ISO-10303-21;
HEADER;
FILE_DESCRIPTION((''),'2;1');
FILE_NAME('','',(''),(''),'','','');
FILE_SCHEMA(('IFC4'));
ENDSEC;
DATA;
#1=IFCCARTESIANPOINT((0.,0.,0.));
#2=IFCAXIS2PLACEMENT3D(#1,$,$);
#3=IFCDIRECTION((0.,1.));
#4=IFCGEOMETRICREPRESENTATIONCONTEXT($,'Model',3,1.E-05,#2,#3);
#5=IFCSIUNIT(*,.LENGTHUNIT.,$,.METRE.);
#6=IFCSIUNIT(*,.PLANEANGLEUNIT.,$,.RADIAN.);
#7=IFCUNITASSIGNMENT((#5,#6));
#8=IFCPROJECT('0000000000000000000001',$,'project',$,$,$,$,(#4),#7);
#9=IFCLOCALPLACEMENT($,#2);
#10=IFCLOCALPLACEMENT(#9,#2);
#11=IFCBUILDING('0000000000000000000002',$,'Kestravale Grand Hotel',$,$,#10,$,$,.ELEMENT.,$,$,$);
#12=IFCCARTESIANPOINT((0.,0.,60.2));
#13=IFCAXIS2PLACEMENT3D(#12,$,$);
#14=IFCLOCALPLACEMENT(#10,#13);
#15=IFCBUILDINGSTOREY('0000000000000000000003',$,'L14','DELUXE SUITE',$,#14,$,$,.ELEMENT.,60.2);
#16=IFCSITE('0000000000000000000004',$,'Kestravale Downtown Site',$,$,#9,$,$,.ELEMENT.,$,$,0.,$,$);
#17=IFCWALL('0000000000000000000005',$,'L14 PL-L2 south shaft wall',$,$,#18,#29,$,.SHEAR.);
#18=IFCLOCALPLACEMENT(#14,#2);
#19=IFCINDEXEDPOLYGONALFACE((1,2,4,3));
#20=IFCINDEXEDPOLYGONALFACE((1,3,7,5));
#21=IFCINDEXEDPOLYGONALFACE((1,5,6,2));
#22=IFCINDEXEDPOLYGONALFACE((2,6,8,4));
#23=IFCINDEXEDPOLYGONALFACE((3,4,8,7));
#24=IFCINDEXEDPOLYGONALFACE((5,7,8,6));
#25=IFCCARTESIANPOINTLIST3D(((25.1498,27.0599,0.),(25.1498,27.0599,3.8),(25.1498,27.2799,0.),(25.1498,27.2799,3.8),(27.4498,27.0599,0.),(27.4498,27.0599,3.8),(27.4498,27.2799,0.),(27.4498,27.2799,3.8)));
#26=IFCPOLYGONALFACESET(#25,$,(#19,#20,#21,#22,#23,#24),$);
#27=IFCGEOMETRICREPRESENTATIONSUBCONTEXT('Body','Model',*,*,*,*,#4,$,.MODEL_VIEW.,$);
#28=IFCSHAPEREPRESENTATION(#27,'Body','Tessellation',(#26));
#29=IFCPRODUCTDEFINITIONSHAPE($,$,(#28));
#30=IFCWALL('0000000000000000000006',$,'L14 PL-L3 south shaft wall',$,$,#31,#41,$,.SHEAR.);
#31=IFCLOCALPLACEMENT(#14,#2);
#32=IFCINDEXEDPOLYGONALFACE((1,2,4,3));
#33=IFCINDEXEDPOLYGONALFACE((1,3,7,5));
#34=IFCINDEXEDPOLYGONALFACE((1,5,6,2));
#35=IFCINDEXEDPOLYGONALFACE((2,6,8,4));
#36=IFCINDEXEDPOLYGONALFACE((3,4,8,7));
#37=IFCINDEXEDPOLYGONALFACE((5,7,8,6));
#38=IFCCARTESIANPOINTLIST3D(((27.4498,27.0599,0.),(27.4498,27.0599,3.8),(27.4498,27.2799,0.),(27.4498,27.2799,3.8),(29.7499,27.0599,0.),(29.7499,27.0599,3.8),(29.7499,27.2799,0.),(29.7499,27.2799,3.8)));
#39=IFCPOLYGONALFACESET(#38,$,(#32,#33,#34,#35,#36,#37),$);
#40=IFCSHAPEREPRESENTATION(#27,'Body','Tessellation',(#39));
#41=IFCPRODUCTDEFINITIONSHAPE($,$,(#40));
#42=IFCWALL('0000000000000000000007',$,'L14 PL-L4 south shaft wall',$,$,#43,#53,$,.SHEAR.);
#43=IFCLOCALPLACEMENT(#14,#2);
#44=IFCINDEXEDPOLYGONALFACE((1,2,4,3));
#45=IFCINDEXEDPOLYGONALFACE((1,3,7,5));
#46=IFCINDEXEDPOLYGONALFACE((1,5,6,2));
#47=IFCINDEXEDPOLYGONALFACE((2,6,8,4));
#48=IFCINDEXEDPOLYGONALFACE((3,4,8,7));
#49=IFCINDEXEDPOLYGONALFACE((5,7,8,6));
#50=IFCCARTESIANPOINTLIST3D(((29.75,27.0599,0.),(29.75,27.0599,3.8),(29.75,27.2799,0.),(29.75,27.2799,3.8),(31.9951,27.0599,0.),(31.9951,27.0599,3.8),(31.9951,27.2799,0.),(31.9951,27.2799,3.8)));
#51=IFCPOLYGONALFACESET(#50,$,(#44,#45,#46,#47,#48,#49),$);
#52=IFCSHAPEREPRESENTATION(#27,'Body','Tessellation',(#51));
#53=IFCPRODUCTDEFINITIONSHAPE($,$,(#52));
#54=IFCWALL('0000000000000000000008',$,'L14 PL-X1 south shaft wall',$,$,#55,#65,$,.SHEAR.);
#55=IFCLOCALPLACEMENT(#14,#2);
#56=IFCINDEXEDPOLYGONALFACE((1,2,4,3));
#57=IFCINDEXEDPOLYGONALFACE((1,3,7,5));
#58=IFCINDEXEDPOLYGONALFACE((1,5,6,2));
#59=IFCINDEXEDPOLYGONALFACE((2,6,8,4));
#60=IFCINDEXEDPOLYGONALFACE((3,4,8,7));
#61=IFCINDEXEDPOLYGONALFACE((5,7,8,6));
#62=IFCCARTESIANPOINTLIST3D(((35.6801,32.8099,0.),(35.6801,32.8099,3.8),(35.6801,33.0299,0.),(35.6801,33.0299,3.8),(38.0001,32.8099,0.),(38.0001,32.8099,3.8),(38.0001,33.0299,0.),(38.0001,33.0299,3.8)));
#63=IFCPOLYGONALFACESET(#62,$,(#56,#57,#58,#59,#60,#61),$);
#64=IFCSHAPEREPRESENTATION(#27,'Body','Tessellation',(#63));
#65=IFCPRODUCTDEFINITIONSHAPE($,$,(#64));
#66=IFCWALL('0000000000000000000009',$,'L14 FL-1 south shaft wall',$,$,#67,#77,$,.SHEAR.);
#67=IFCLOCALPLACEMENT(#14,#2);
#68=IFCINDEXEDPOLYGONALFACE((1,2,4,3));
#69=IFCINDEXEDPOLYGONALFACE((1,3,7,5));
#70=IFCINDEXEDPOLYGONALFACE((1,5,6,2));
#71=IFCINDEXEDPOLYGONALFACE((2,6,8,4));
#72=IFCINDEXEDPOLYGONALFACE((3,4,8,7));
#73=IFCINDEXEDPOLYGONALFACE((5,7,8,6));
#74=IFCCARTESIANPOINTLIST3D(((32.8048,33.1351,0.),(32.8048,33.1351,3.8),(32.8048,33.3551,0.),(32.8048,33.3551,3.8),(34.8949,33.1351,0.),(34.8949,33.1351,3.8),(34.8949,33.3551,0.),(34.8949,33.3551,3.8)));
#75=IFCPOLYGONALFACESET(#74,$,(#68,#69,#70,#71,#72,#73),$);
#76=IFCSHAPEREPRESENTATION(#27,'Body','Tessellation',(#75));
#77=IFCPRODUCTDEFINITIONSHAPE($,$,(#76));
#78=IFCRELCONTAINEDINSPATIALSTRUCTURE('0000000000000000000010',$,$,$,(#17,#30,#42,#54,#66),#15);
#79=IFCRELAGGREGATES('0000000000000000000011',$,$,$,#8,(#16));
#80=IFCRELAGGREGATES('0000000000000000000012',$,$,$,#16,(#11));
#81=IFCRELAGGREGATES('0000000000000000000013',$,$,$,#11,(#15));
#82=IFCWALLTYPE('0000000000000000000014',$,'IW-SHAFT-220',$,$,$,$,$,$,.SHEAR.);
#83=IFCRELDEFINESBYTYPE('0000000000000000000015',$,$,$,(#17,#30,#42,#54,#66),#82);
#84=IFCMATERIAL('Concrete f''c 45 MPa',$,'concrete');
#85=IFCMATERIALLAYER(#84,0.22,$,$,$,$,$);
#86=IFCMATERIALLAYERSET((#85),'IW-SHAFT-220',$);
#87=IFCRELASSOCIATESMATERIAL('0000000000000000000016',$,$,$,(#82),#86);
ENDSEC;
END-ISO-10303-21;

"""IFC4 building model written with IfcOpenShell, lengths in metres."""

from ifc_helpers import new_model, si_unit, direction, frame, frame_2d, origin, place, context, subcontext, project, spatial, rectangle, extrude, material, layer, layer_set, type_object, element, save


model = new_model("IFC4")

# Units and contexts
model_context = context("Model", 3, precision=1e-05, world=origin(), true_north=direction((0.0, 1.0)))
body_context = subcontext(model_context, "Body", "Model", "MODEL_VIEW")
ifc_project = project(units=[si_unit("LENGTHUNIT", "METRE"), si_unit("PLANEANGLEUNIT", "RADIAN")], contexts=[model_context])

# Site, building, storey
site_placement = place(None, origin())
site = spatial("IfcSite", under=ifc_project, at=site_placement, Name="Kestravale Downtown Site", CompositionType="ELEMENT", RefElevation=0.0)
building_placement = place(site_placement, origin())
building = spatial("IfcBuilding", under=site, at=building_placement, Name="Kestravale Grand Hotel", CompositionType="ELEMENT")
storey_placement = place(building_placement, frame((0.0, 0.0, 60.2)))
storey = spatial("IfcBuildingStorey", under=building, at=storey_placement, Name="L14", Description="DELUXE SUITE", CompositionType="ELEMENT", Elevation=60.2)

# Shared definitions
ifc_material_1 = material(Name="Concrete f'c 45 MPa", Category="concrete")
ifc_layer_1 = layer(ifc_material_1, 0.22)
ifc_layer_set_1 = layer_set([ifc_layer_1], Name="IW-SHAFT-220")
wall_type_1 = type_object("IfcWallType", Name="IW-SHAFT-220", PredefinedType="SHEAR", material=ifc_layer_set_1)

# Wall
wall_1_placement = place(storey_placement, frame((25.1499, 27.1699, 0.0), z_axis=(0.0, 0.0, 1.0), x_axis=(1.0, 0.0, 0.0)))
element("IfcWall", 1, at=wall_1_placement, inside=storey, type_object=wall_type_1, Name="L14 PL-L2 south shaft wall", PredefinedType="SHEAR", context=body_context, shape_type="SweptSolid", body=[
    extrude(rectangle(XDim=2.3, YDim=0.22, at=frame_2d((1.1499, 0.0))), origin(), (0.0, 0.0, 1.0), 3.8),
])

# Wall
wall_2_placement = place(storey_placement, frame((27.45, 27.1699, 0.0), z_axis=(0.0, 0.0, 1.0), x_axis=(1.0, 0.0, 0.0)))
element("IfcWall", 2, at=wall_2_placement, inside=storey, type_object=wall_type_1, Name="L14 PL-L3 south shaft wall", PredefinedType="SHEAR", context=body_context, shape_type="SweptSolid", body=[
    extrude(rectangle(XDim=2.3, YDim=0.22, at=frame_2d((1.1499, 0.0))), origin(), (0.0, 0.0, 1.0), 3.8),
])

# Walls
wall_3_placement = place(storey_placement, frame((29.75, 27.1699, 0.0), z_axis=(0.0, 0.0, 1.0), x_axis=(1.0, 0.0, 0.0)))
element("IfcWall", 3, at=wall_3_placement, inside=storey, type_object=wall_type_1, Name="L14 PL-L4 south shaft wall", PredefinedType="SHEAR", context=body_context, shape_type="SweptSolid", body=[
    extrude(rectangle(XDim=2.2451, YDim=0.22, at=frame_2d((1.1226, 0.0))), origin(), (0.0, 0.0, 1.0), 3.8),
])
wall_4_placement = place(storey_placement, frame((35.6799, 32.9199, 0.0), z_axis=(0.0, 0.0, 1.0), x_axis=(1.0, 0.0, 0.0)))
element("IfcWall", 4, at=wall_4_placement, inside=storey, type_object=wall_type_1, Name="L14 PL-X1 south shaft wall", PredefinedType="SHEAR", context=body_context, shape_type="SweptSolid", body=[
    extrude(rectangle(XDim=2.3201, YDim=0.22, at=frame_2d((1.1602, 0.0))), origin(), (0.0, 0.0, 1.0), 3.8),
])
wall_5_placement = place(storey_placement, frame((32.8049, 33.2451, 0.0), z_axis=(0.0, 0.0, 1.0), x_axis=(1.0, 0.0, 0.0)))
element("IfcWall", 5, at=wall_5_placement, inside=storey, type_object=wall_type_1, Name="L14 FL-1 south shaft wall", PredefinedType="SHEAR", context=body_context, shape_type="SweptSolid", body=[
    extrude(rectangle(XDim=2.0901, YDim=0.22, at=frame_2d((1.0449, 0.0))), origin(), (0.0, 0.0, 1.0), 3.8),
])

save(model, "model.ifc")
